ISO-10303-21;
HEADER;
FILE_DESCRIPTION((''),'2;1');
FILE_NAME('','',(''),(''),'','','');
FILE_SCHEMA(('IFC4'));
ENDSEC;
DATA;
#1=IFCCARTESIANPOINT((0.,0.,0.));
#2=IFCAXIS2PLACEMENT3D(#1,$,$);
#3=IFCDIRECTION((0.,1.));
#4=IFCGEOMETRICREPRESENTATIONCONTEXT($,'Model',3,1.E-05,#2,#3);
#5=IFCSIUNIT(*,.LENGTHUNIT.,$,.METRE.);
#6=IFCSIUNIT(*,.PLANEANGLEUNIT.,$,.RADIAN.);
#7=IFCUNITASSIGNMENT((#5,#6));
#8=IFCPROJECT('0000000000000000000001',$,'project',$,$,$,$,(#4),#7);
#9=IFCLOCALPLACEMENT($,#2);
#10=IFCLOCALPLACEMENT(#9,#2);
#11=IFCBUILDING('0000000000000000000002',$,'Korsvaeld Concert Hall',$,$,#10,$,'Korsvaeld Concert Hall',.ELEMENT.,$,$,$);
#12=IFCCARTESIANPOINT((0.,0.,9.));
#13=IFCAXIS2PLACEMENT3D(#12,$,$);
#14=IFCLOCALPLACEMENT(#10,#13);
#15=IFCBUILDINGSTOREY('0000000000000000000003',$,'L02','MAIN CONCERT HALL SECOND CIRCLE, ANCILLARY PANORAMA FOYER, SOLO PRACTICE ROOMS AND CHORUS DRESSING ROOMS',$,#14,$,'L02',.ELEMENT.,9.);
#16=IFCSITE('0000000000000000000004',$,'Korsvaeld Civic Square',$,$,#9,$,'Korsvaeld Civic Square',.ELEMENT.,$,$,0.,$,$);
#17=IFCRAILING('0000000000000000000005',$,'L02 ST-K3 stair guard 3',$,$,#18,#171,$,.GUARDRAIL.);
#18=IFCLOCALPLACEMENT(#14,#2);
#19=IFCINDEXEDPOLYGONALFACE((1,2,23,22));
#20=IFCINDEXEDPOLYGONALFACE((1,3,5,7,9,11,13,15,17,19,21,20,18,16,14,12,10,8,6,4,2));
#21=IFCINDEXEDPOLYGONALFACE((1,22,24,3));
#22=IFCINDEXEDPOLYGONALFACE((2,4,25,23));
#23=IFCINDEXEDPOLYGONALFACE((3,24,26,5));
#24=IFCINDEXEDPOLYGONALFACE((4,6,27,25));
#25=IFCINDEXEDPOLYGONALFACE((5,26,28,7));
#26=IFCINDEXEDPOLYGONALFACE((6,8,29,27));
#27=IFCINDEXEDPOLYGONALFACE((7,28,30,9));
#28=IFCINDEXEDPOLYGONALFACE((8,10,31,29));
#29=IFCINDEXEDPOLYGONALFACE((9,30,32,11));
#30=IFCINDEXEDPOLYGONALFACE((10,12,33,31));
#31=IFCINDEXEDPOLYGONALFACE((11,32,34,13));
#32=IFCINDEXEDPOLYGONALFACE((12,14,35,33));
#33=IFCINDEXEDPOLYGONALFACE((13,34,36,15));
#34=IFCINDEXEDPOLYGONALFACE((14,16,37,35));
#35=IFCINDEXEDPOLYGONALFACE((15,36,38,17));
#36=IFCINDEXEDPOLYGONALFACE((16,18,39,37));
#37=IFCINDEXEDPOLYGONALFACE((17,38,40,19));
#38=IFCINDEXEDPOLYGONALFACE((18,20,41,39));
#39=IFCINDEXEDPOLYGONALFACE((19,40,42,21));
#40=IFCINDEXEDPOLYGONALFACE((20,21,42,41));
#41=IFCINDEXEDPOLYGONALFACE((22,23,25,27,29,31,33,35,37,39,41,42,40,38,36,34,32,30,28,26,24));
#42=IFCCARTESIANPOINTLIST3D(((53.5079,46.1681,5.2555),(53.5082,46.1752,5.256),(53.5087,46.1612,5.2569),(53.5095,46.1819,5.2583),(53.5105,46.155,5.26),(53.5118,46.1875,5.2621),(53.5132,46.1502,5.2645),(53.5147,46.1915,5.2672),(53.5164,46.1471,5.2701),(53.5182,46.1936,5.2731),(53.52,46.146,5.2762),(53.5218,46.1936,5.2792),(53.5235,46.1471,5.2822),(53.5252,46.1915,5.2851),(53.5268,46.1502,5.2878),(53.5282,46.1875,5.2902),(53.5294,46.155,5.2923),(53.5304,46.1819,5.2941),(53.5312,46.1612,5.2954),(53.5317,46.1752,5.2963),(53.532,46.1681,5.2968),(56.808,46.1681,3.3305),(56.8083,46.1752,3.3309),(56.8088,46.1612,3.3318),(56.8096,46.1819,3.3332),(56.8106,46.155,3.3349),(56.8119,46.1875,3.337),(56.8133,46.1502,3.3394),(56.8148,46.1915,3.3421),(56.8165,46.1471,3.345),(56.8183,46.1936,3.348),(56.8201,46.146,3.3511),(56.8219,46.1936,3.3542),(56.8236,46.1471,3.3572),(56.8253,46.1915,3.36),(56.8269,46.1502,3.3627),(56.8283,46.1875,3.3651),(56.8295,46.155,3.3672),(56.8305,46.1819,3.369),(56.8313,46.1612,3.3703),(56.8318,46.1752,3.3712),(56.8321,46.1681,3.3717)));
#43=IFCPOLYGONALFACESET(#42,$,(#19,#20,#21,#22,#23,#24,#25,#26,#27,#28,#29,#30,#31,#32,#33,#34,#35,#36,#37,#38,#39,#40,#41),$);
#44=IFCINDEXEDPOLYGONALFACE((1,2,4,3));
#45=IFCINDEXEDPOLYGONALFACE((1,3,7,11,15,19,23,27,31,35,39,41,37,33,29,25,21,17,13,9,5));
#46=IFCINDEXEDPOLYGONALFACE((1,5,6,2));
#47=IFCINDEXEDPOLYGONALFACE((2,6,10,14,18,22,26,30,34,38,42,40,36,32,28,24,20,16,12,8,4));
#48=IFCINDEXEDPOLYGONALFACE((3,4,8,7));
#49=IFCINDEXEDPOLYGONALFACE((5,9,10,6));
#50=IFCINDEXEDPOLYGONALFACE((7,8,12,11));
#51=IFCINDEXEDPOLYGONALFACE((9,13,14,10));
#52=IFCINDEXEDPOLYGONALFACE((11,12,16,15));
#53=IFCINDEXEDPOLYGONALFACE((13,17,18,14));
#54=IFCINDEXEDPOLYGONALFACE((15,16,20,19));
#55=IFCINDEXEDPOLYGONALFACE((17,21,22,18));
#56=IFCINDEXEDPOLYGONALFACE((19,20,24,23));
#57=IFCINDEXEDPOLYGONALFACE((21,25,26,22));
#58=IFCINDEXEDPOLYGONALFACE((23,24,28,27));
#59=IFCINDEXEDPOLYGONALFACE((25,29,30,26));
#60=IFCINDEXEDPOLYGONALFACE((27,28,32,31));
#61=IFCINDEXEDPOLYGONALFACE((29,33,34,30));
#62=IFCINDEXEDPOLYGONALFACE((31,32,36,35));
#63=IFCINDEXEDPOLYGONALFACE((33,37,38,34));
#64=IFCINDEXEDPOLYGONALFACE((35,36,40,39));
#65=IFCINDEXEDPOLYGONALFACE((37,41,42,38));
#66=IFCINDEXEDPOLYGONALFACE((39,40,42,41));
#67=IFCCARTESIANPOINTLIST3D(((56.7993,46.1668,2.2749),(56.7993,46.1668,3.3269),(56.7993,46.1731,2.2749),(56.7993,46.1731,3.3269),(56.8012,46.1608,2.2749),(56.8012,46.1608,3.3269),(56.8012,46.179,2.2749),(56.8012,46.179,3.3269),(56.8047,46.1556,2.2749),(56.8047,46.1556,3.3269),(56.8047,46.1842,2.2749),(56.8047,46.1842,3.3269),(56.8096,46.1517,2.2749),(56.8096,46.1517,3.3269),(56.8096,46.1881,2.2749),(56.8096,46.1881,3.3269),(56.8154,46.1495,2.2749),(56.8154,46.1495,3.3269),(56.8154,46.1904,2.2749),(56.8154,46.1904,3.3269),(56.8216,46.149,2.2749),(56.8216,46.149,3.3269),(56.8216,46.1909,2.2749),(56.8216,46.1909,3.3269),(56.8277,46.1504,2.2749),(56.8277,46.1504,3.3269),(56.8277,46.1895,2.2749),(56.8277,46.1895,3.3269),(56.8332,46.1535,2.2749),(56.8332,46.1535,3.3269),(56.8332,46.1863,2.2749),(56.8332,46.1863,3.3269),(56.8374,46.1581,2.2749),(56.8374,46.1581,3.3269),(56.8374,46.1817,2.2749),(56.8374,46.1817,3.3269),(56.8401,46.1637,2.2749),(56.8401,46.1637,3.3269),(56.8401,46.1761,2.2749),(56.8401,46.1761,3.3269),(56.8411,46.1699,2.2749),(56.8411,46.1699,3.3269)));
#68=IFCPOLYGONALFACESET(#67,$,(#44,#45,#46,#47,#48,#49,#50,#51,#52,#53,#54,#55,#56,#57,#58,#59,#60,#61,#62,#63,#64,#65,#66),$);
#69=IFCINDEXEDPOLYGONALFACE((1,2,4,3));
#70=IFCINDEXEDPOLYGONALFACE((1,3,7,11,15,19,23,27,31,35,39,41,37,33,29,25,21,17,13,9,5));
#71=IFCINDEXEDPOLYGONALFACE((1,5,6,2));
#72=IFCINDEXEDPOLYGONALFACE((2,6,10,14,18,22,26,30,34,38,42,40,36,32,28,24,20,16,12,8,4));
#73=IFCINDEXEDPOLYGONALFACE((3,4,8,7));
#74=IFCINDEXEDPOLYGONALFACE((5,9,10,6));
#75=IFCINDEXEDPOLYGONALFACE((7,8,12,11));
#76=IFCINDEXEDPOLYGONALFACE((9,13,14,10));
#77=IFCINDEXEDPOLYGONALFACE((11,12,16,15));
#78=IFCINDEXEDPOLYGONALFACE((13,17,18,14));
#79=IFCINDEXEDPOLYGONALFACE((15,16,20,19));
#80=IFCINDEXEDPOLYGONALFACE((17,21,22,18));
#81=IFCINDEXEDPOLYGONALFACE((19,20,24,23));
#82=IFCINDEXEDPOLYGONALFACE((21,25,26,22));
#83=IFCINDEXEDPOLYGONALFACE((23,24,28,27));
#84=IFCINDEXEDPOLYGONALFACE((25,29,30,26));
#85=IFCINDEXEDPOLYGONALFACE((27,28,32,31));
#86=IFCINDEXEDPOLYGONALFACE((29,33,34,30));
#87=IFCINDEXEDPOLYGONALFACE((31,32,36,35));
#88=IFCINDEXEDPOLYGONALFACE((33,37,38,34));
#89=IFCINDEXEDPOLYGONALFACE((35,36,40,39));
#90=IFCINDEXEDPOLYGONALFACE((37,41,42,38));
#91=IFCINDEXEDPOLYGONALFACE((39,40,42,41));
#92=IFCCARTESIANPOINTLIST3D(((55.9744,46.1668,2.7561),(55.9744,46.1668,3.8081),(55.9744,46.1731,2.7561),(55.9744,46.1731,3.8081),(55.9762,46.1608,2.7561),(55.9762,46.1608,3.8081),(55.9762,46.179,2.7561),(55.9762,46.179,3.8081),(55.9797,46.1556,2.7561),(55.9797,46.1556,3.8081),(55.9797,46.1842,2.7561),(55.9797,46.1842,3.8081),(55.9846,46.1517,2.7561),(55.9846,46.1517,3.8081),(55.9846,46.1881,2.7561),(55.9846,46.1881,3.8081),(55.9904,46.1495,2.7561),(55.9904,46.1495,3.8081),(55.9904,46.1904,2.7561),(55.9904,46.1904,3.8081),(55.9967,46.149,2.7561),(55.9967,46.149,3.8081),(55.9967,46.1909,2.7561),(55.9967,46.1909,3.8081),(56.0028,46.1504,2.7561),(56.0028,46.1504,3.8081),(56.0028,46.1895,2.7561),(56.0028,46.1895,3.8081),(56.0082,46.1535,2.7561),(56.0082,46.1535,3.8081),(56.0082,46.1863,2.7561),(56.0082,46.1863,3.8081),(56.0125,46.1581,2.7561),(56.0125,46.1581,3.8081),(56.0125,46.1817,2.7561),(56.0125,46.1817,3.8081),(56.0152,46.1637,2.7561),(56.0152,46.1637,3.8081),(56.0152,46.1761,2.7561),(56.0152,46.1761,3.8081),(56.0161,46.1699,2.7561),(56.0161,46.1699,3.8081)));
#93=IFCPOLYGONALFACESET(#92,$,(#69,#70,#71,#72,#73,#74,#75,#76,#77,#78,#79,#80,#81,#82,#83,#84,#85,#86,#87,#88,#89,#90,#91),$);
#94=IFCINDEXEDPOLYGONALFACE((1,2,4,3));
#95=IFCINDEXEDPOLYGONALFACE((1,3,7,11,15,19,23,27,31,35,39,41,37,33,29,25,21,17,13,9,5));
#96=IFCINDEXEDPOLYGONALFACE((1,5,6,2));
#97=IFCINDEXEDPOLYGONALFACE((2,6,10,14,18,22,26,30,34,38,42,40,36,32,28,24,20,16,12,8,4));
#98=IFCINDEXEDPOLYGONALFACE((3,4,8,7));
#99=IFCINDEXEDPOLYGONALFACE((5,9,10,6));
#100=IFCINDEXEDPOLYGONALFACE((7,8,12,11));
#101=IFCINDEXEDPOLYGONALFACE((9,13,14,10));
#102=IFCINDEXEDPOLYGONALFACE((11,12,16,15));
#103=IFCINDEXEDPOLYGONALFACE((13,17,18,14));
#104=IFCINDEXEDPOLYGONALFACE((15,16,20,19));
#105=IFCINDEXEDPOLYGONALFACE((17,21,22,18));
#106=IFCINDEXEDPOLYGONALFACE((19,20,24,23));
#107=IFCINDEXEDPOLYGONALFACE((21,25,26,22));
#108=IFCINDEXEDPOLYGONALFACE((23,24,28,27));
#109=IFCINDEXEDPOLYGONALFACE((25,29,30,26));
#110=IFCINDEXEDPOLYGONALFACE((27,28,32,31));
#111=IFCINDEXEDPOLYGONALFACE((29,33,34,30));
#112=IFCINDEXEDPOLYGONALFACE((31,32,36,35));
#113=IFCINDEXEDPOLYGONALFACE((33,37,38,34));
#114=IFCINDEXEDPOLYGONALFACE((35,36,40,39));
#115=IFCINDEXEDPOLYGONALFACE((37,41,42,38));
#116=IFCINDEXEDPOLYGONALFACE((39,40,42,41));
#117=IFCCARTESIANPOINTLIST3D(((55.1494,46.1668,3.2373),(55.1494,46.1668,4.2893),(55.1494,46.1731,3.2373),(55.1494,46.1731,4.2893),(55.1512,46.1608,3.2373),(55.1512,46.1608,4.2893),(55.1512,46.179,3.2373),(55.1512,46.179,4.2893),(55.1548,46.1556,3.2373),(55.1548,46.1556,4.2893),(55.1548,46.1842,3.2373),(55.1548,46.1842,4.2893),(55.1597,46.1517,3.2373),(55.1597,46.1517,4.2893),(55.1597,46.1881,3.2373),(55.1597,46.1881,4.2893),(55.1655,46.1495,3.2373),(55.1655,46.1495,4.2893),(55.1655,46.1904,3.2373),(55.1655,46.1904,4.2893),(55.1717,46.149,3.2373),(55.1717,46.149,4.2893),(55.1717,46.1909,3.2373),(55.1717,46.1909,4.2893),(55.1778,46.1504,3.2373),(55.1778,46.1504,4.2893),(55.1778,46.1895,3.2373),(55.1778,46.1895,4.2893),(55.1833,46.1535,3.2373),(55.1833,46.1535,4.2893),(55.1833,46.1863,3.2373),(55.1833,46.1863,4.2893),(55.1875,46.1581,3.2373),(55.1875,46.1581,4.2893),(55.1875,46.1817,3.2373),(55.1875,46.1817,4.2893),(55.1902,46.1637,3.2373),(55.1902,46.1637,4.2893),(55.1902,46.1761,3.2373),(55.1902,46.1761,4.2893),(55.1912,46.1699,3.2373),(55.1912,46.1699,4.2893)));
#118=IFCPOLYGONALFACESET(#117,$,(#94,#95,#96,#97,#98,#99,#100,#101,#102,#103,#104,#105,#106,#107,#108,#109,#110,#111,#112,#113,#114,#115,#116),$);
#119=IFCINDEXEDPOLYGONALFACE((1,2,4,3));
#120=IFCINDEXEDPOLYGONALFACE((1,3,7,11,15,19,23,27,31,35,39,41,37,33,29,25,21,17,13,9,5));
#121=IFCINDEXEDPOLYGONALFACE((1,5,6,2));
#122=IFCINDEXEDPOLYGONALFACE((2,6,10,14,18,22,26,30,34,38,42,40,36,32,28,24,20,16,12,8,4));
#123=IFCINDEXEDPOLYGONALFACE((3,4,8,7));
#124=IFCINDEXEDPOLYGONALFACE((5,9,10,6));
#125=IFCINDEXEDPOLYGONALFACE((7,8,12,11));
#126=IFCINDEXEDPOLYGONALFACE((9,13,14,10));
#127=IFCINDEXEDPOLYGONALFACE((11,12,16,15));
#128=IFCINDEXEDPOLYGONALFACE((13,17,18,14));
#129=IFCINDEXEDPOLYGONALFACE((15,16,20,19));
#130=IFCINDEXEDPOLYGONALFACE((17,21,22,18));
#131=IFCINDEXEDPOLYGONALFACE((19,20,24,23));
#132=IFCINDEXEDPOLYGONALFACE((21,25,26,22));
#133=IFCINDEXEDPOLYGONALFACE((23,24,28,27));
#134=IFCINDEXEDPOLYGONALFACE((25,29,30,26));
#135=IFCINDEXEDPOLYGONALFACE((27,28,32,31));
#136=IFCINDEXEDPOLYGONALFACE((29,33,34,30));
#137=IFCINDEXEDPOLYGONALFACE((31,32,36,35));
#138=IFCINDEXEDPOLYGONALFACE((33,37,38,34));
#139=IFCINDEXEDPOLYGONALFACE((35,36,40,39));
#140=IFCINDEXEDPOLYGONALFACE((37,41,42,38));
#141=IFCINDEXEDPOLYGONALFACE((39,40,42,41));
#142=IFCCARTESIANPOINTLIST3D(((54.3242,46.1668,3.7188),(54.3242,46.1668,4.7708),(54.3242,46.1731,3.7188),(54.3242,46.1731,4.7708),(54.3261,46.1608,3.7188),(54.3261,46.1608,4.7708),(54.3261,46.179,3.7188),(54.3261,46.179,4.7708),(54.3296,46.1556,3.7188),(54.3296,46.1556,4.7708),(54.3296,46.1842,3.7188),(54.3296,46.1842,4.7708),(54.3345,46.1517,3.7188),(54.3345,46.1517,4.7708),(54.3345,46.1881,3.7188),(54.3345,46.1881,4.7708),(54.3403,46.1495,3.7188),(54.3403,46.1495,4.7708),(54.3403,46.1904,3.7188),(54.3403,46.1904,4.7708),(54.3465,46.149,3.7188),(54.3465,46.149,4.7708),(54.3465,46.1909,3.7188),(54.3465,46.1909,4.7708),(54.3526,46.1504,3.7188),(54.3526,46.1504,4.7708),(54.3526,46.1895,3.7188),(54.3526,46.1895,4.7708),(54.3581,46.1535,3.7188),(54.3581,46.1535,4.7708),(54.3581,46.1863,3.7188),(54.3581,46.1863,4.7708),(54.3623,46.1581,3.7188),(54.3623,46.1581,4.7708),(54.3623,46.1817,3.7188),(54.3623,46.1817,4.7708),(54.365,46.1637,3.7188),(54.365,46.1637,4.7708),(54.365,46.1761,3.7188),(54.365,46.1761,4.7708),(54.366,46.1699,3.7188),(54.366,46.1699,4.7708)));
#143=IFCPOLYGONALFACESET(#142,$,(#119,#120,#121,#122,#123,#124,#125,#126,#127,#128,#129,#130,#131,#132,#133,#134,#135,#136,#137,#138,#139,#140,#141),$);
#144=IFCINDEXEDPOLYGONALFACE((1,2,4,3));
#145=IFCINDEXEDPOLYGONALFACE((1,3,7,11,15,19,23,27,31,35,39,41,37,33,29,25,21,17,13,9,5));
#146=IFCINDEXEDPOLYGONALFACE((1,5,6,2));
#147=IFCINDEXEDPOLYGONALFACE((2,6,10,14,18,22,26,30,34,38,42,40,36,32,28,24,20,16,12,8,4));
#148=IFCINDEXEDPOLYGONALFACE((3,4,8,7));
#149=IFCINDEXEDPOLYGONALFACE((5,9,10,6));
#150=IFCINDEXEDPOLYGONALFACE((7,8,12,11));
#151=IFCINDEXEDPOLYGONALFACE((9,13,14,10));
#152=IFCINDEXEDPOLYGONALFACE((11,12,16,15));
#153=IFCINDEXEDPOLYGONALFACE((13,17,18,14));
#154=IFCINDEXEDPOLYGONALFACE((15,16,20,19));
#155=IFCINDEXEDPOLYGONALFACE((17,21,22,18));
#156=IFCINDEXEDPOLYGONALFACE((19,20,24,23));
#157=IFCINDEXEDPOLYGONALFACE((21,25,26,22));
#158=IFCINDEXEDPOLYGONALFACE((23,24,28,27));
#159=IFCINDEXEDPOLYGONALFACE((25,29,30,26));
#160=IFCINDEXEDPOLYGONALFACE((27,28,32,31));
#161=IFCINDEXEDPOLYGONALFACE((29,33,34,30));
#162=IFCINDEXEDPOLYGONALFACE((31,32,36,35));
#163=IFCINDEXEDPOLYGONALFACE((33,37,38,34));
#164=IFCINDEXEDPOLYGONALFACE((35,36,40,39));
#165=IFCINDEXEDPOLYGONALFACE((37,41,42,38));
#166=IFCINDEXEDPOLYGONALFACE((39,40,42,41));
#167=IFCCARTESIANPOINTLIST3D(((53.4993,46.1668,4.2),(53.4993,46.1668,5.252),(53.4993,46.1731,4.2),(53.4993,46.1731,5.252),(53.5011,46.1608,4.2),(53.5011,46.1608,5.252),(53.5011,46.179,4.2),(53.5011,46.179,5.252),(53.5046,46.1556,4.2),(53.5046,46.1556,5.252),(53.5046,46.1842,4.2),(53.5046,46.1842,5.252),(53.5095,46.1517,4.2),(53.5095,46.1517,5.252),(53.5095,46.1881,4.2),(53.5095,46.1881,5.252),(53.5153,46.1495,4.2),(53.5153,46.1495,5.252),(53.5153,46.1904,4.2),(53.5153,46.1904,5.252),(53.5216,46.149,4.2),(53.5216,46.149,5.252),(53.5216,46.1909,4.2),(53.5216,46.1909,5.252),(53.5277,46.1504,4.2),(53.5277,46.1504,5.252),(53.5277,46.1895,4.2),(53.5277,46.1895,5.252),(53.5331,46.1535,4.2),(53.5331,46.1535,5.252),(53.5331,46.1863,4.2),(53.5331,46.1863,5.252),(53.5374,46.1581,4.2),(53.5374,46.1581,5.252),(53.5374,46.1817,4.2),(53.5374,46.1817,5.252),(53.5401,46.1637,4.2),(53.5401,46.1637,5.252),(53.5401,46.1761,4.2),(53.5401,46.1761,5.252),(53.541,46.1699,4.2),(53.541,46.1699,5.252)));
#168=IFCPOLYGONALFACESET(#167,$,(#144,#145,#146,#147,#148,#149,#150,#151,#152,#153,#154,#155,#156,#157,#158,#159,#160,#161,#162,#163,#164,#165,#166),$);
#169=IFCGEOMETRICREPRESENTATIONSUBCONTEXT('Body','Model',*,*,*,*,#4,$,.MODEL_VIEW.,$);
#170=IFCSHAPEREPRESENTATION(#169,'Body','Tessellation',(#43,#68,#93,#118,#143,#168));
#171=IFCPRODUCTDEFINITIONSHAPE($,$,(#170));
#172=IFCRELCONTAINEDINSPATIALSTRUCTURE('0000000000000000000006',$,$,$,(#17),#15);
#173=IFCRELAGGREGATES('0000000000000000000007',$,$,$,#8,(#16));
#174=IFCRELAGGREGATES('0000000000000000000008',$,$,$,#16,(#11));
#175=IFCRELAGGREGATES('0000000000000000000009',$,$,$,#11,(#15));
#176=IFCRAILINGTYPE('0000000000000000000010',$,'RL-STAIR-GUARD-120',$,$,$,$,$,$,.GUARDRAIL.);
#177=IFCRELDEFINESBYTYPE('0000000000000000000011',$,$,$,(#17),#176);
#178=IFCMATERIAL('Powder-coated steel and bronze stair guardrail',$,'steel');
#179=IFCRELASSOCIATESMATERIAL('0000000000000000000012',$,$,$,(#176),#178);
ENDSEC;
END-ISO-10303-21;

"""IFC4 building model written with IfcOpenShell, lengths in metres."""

from ifc_helpers import new_model, si_unit, direction, frame, origin, origin_2d, place, context, subcontext, project, spatial, circle, extrude, material, type_object, element, save


model = new_model("IFC4")

# Units and contexts
model_context = context("Model", 3, precision=1e-05, world=origin(), true_north=direction((0.0, 1.0)))
body_context = subcontext(model_context, "Body", "Model", "MODEL_VIEW")
ifc_project = project(units=[si_unit("LENGTHUNIT", "METRE"), si_unit("PLANEANGLEUNIT", "RADIAN")], contexts=[model_context])

# Site, building, storey
site_placement = place(None, origin())
site = spatial("IfcSite", under=ifc_project, at=site_placement, Name="Korsvaeld Civic Square", LongName="Korsvaeld Civic Square", CompositionType="ELEMENT", RefElevation=0.0)
building_placement = place(site_placement, origin())
building = spatial("IfcBuilding", under=site, at=building_placement, Name="Korsvaeld Concert Hall", LongName="Korsvaeld Concert Hall", CompositionType="ELEMENT")
storey_placement = place(building_placement, frame((0.0, 0.0, 9.0)))
storey = spatial("IfcBuildingStorey", under=building, at=storey_placement, Name="L02", Description="MAIN CONCERT HALL SECOND CIRCLE, ANCILLARY PANORAMA FOYER, SOLO PRACTICE ROOMS AND CHORUS DRESSING ROOMS", LongName="L02", CompositionType="ELEMENT", Elevation=9.0)

# Railing
ifc_material_1 = material(Name="Powder-coated steel and bronze stair guardrail", Category="steel")
railing_type_1 = type_object("IfcRailingType", Name="RL-STAIR-GUARD-120", PredefinedType="GUARDRAIL", material=ifc_material_1)
railing_1_placement = place(storey_placement, frame((56.8201, 46.1699, 2.2749)))
element("IfcRailing", 1, at=railing_1_placement, inside=storey, type_object=railing_type_1, Name="L02 ST-K3 stair guard 3", PredefinedType="GUARDRAIL", context=body_context, shape_type="SweptSolid", body=[
    extrude(circle(Radius=0.0239, at=origin_2d()), frame((0.0, 0.0, 1.0762), z_axis=(-0.863777, 0.0, 0.503875), x_axis=(0.0, -1.0, 0.0)), (0.0, 0.0, 1.0), 3.8206),
    extrude(circle(Radius=0.021, at=origin_2d()), origin(), (0.0, 0.0, 1.0), 1.052),
    extrude(circle(Radius=0.021, at=origin_2d()), frame((-0.825, 0.0, 0.4812)), (0.0, 0.0, 1.0), 1.052),
    extrude(circle(Radius=0.021, at=origin_2d()), frame((-1.6499, 0.0, 0.9624)), (0.0, 0.0, 1.0), 1.052),
    extrude(circle(Radius=0.021, at=origin_2d()), frame((-2.4751, 0.0, 1.4438)), (0.0, 0.0, 1.0), 1.052),
    extrude(circle(Radius=0.021, at=origin_2d()), frame((-3.3, 0.0, 1.925)), (0.0, 0.0, 1.0), 1.052),
])

save(model, "model.ifc")
